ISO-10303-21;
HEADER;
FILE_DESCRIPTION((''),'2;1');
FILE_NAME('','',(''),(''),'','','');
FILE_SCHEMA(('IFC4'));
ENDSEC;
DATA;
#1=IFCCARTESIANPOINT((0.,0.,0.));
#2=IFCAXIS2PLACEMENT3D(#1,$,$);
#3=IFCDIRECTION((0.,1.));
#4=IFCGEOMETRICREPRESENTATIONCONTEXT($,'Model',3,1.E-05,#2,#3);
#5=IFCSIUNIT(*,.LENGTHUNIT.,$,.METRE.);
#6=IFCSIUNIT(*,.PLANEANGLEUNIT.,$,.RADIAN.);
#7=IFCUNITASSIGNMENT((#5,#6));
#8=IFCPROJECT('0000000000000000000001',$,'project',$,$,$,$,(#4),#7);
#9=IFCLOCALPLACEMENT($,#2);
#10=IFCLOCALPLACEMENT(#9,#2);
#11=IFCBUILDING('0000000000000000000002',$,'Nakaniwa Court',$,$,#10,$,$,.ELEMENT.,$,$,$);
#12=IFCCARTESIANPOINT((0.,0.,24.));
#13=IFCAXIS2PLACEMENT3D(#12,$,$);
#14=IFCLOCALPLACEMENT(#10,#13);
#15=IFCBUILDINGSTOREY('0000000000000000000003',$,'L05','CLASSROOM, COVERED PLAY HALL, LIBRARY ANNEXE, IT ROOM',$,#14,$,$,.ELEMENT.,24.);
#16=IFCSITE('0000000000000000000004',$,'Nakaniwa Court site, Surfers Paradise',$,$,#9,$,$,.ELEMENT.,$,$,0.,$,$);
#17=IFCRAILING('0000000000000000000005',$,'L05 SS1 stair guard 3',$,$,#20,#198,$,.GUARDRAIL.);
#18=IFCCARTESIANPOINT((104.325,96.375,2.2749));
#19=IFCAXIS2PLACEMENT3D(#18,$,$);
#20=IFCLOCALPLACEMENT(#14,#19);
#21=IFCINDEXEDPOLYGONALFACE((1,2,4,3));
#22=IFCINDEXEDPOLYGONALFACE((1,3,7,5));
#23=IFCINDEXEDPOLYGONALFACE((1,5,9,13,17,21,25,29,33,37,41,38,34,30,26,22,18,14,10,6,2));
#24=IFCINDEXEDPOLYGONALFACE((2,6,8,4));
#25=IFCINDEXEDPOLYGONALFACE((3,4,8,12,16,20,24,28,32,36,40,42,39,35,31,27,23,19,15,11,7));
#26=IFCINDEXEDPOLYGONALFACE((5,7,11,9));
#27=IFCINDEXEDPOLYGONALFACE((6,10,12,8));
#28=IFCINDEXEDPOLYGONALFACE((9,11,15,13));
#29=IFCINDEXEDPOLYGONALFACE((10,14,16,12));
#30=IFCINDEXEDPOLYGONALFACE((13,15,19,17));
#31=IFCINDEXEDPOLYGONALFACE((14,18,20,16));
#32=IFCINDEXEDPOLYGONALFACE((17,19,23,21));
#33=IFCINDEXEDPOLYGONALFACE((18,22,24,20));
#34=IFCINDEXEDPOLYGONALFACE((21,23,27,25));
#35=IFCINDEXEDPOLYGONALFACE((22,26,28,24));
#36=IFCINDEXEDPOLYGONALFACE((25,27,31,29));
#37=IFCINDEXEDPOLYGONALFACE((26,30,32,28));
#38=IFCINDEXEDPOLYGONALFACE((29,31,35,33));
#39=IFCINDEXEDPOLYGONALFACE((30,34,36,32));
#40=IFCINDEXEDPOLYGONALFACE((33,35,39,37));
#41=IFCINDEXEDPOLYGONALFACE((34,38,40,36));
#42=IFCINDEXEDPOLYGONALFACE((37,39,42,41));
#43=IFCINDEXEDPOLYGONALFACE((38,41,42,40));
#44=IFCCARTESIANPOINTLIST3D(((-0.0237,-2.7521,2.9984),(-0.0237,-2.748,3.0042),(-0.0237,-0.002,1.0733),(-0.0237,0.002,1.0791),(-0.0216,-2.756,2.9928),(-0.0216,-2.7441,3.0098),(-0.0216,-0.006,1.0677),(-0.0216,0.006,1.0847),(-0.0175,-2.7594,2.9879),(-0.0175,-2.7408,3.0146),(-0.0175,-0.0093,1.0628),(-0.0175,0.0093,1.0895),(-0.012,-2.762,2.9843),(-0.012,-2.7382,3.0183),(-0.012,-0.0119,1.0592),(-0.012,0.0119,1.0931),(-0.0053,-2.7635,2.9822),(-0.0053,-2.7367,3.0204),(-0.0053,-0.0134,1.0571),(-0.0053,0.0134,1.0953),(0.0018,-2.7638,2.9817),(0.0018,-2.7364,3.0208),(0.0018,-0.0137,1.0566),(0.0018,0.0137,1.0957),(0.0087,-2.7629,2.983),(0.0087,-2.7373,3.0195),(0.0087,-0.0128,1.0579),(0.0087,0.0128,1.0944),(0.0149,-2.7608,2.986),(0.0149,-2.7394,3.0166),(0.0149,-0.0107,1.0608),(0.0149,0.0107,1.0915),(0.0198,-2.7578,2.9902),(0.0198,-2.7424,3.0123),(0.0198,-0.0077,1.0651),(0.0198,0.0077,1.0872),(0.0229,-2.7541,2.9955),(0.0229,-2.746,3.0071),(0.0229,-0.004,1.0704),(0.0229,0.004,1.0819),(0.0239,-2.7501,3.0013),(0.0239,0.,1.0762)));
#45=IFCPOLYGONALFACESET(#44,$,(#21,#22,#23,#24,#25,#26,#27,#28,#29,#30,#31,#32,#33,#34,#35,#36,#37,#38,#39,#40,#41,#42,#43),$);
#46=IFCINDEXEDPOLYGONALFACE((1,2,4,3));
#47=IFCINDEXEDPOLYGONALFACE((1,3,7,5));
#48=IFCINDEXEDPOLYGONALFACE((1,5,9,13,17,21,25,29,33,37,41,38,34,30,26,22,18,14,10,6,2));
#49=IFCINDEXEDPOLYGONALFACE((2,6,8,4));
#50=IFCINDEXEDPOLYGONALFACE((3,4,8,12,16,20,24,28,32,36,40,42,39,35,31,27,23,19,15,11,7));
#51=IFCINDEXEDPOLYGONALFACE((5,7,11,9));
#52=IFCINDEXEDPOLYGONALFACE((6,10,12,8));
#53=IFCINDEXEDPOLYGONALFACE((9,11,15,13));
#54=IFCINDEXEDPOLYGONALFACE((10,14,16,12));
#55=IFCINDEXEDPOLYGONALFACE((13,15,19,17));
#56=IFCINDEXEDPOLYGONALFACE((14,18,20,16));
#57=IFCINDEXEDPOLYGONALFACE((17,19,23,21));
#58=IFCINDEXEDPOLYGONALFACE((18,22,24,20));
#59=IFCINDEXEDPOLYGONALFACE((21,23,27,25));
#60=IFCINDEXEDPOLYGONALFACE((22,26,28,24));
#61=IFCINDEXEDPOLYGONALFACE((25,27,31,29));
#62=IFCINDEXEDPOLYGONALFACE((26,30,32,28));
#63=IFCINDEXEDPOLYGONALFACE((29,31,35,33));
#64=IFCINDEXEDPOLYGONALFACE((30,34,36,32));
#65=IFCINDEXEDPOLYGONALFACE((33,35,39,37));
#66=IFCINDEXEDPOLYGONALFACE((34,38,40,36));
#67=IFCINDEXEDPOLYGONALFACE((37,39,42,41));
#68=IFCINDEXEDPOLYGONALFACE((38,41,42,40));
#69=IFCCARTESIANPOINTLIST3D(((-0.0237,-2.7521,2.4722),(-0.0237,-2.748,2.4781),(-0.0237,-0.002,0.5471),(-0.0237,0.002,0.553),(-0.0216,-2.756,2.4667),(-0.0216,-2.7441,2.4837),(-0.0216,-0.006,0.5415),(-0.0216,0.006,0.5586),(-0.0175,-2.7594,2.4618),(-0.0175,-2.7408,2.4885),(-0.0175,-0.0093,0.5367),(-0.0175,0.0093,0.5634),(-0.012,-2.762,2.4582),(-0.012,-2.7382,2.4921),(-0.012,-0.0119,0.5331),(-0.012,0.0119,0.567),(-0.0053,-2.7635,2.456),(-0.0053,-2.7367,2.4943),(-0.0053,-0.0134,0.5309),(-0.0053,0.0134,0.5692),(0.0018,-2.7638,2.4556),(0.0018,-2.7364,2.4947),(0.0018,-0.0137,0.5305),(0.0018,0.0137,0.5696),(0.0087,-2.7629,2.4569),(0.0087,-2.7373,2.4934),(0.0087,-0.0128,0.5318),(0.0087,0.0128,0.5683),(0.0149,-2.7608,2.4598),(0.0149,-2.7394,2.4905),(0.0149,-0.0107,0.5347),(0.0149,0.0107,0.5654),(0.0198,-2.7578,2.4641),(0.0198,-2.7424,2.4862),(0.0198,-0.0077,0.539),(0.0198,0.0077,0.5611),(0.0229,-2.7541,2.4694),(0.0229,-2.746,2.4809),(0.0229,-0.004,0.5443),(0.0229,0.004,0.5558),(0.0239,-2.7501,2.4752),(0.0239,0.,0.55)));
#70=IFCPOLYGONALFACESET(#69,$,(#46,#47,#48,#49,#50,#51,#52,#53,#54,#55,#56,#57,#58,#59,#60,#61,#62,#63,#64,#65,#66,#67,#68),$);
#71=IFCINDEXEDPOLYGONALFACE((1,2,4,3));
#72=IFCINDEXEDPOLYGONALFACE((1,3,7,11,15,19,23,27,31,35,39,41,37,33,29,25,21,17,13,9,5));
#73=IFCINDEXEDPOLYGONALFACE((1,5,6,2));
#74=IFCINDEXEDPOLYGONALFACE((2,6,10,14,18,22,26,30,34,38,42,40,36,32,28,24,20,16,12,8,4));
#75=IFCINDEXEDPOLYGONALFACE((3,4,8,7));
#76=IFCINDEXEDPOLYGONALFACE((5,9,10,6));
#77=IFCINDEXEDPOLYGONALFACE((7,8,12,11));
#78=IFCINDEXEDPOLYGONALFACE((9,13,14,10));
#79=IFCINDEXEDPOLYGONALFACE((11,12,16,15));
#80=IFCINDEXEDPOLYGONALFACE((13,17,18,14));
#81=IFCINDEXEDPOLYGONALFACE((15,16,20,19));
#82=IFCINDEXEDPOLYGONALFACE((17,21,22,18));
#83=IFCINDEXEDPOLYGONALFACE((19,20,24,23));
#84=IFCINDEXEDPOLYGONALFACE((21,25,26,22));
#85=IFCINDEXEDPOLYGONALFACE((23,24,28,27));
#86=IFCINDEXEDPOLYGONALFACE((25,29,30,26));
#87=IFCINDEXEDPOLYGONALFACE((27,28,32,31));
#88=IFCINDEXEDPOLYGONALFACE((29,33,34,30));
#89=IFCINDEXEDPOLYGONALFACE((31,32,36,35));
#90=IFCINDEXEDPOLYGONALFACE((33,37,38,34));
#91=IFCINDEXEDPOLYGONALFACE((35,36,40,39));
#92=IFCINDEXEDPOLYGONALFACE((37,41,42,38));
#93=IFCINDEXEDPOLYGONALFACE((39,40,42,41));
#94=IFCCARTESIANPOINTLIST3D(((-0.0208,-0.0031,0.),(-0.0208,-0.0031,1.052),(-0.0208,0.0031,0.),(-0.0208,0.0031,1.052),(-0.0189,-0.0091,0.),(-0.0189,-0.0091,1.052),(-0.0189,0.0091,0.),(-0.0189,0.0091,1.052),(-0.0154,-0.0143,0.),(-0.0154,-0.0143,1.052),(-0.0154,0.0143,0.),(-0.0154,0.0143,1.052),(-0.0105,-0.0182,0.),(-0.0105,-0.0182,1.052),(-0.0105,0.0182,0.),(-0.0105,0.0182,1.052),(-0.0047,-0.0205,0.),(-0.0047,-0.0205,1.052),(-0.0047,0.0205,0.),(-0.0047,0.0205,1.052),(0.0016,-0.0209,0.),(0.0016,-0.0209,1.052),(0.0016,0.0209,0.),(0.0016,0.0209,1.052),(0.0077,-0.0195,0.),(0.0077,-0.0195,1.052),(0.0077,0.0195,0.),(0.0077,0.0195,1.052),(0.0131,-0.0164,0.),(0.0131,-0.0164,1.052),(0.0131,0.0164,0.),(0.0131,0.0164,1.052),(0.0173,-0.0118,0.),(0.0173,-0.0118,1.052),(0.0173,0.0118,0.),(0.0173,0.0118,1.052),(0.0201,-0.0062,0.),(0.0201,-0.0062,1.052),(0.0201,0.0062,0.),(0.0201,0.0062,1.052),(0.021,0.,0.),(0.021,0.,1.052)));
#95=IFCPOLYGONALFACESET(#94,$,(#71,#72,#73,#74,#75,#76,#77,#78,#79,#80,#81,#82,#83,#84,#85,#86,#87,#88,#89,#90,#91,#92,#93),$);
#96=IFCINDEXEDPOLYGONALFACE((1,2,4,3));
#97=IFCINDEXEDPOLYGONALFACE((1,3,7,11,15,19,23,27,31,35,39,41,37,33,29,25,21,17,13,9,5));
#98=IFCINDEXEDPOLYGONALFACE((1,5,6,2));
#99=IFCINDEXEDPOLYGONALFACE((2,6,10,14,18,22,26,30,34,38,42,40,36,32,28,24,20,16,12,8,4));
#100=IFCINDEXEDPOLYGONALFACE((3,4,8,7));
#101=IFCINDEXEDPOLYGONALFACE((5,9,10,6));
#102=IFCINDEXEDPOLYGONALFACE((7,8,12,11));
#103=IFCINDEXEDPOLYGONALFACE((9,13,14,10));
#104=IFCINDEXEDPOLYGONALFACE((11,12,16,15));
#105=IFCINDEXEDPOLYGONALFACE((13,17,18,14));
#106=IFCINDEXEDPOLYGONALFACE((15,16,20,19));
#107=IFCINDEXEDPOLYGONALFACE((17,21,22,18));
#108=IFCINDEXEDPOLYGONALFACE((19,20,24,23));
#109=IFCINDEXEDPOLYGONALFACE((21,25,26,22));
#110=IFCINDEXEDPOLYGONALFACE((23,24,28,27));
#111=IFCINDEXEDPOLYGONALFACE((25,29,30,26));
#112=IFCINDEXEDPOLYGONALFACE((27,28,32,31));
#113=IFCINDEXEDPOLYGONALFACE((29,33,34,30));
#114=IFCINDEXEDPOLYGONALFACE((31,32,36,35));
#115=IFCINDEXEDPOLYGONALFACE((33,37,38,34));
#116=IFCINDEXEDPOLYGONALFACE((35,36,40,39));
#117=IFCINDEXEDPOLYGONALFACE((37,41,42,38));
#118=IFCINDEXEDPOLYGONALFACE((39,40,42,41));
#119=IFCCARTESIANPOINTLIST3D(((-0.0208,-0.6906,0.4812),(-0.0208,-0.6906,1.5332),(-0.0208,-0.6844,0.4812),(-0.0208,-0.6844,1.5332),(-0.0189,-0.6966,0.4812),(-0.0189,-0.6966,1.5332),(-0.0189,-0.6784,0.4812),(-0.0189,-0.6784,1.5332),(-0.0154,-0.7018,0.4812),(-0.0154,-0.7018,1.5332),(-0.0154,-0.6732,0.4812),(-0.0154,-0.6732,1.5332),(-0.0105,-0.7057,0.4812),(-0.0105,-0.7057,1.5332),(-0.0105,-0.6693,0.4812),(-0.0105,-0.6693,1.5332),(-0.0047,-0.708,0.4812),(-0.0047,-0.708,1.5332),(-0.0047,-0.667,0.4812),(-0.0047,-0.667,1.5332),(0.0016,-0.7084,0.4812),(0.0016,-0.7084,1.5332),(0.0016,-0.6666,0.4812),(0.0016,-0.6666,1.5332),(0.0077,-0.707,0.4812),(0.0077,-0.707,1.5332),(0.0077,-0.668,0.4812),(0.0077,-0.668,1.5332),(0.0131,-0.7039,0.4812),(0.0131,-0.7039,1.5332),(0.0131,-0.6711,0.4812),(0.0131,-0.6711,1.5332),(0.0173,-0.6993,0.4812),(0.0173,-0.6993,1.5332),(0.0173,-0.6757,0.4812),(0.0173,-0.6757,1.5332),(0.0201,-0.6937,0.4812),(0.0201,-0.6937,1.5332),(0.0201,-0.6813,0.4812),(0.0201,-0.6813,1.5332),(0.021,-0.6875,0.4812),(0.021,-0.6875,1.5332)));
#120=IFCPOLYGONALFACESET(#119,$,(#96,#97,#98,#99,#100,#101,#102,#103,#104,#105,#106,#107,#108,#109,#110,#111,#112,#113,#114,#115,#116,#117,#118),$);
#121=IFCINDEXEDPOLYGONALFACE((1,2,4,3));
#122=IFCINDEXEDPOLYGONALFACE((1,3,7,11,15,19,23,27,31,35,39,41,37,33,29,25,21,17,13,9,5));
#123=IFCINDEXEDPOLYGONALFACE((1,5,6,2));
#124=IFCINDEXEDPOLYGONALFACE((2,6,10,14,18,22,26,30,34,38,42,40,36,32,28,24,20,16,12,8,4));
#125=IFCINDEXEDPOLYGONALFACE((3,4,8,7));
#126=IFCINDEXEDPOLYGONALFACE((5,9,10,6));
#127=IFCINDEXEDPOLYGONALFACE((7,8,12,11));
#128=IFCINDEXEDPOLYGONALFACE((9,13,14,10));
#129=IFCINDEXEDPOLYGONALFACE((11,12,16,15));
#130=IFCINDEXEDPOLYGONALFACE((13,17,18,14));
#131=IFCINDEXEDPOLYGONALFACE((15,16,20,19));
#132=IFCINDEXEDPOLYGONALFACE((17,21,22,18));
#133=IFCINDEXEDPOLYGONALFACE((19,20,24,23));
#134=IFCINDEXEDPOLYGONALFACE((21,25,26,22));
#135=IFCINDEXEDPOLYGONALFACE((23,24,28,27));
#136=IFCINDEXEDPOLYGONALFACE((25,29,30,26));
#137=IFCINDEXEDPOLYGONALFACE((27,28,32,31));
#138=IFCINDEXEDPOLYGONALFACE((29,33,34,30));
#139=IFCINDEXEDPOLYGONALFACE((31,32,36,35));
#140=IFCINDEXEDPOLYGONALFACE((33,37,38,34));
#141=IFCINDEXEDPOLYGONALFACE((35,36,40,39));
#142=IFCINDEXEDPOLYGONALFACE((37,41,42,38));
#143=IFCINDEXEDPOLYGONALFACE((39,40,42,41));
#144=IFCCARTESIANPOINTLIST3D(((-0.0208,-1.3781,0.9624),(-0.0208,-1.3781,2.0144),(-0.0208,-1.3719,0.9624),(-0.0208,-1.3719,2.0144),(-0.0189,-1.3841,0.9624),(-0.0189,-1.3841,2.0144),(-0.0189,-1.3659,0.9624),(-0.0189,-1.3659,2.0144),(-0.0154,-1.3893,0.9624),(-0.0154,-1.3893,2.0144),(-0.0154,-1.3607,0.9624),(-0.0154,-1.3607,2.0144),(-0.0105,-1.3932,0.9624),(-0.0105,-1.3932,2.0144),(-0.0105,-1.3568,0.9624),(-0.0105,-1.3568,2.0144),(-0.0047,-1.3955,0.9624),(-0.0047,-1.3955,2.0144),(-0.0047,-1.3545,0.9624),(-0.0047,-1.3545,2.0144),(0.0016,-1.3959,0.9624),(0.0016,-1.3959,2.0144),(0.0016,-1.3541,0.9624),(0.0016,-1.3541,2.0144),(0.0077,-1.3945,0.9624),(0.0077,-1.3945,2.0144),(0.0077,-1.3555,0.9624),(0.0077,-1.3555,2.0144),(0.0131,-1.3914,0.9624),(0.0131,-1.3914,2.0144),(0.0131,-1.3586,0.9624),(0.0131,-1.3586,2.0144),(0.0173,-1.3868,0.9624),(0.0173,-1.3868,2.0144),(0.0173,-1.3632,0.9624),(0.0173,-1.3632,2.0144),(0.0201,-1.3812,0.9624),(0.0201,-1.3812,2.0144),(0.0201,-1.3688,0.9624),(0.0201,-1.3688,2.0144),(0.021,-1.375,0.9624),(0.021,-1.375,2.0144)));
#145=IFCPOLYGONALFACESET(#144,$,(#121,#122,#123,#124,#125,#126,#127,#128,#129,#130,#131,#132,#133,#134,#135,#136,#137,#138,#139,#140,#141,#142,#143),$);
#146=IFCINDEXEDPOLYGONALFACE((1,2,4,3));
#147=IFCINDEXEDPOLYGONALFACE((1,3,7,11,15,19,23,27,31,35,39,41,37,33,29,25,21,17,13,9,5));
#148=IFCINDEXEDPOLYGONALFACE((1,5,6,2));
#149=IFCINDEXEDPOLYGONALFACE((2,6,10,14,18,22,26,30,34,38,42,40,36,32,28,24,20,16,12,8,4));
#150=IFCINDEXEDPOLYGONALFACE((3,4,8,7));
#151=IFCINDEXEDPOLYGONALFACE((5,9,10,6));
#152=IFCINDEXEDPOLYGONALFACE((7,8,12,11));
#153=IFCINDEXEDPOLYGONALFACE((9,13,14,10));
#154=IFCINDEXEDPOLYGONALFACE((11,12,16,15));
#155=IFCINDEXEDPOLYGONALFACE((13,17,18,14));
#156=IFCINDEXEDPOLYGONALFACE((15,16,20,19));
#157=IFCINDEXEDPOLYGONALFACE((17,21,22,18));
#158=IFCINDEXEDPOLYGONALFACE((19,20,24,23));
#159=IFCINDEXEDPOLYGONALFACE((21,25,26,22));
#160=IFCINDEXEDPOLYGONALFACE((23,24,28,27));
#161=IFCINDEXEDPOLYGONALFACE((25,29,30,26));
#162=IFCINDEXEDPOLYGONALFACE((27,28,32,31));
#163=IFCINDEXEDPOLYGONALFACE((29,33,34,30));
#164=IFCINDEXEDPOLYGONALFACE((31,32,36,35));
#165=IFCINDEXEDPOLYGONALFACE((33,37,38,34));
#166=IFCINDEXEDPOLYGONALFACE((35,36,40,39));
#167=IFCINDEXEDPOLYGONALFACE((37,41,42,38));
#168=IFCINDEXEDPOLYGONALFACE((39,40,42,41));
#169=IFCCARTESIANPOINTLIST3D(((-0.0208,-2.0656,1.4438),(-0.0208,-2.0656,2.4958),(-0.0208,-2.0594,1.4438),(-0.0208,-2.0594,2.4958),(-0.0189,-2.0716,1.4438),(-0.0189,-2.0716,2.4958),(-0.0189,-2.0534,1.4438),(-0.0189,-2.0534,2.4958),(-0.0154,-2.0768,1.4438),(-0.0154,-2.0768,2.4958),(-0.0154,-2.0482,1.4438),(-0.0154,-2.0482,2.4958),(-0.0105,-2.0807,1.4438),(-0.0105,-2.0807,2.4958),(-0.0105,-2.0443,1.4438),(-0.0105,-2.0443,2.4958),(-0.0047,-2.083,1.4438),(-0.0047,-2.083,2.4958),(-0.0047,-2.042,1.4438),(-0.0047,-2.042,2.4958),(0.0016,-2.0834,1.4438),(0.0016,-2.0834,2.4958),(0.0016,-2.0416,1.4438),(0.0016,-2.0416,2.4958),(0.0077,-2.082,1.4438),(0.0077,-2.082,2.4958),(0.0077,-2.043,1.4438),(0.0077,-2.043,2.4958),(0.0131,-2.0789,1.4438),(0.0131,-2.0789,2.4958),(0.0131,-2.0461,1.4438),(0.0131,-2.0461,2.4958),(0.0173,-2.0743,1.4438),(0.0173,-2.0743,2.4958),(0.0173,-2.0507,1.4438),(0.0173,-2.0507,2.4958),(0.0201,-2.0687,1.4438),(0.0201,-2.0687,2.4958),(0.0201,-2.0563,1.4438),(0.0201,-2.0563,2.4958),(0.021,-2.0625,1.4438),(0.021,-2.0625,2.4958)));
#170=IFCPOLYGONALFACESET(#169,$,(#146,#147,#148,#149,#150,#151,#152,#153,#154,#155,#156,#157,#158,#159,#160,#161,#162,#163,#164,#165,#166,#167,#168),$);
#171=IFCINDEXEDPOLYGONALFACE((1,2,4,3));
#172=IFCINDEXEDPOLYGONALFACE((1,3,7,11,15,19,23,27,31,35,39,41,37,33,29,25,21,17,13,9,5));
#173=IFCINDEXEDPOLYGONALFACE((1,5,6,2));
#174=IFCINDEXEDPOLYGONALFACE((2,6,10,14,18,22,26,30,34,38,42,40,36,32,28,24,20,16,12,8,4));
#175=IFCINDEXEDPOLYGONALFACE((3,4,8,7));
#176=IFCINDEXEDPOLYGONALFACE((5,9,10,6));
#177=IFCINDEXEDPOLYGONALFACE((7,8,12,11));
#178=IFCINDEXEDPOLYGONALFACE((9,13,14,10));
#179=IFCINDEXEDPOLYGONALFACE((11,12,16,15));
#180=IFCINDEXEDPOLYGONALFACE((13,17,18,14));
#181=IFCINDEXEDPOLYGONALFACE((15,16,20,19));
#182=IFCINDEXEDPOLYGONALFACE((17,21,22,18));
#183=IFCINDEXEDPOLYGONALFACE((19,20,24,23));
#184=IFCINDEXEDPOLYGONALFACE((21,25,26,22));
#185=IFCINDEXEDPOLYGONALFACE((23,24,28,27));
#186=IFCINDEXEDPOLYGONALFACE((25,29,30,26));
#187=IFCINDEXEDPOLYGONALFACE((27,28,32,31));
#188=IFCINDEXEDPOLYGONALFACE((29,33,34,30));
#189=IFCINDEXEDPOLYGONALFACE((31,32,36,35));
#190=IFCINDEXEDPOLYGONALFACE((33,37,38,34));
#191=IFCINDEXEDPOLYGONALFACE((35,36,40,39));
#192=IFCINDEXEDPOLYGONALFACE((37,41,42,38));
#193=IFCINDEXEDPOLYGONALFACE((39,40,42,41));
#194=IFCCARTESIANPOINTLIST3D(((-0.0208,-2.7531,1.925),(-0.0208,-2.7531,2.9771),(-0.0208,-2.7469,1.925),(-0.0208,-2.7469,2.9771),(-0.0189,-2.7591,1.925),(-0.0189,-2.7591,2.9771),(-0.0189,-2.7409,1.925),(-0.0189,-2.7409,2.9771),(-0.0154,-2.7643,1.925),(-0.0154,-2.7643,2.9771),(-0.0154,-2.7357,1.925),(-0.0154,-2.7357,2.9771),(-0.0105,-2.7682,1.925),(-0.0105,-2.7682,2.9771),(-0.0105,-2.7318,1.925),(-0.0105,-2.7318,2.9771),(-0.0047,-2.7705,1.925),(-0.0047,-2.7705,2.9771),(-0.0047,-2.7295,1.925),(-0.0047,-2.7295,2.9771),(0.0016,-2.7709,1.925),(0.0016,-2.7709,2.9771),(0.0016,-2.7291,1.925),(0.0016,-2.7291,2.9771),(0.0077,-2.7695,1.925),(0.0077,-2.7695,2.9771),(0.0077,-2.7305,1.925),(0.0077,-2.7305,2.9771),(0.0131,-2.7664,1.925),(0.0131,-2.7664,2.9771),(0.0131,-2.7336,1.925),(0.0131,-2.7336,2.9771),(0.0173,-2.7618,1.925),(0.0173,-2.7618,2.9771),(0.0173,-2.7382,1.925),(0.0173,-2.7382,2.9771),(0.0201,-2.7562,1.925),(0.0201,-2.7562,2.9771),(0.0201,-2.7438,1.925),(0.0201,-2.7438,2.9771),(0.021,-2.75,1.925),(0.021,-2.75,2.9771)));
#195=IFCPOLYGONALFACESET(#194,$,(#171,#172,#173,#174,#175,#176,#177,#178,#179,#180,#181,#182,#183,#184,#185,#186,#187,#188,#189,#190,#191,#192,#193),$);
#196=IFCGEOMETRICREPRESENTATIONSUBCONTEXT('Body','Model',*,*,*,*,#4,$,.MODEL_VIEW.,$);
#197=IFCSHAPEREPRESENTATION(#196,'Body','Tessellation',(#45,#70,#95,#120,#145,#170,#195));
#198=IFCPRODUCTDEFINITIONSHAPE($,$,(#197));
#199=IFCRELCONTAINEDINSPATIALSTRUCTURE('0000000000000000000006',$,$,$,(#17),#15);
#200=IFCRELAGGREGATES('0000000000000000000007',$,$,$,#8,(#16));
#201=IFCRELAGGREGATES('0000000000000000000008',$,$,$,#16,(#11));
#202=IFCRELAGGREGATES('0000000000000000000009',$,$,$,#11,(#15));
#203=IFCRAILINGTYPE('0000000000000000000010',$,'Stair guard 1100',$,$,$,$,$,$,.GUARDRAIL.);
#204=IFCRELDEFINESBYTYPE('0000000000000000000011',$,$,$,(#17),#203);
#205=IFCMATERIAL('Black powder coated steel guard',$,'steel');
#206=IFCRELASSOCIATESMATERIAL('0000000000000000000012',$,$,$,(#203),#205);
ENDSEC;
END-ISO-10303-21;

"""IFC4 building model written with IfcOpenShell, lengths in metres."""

from ifc_helpers import new_model, si_unit, direction, frame, origin, origin_2d, place, context, subcontext, project, spatial, circle, extrude, material, type_object, element, save


model = new_model("IFC4")

# Units and contexts
model_context = context("Model", 3, precision=1e-05, world=origin(), true_north=direction((0.0, 1.0)))
body_context = subcontext(model_context, "Body", "Model", "MODEL_VIEW")
ifc_project = project(units=[si_unit("LENGTHUNIT", "METRE"), si_unit("PLANEANGLEUNIT", "RADIAN")], contexts=[model_context])

# Site, building, storey
site_placement = place(None, origin())
site = spatial("IfcSite", under=ifc_project, at=site_placement, Name="Nakaniwa Court site, Surfers Paradise", CompositionType="ELEMENT", RefElevation=0.0)
building_placement = place(site_placement, origin())
building = spatial("IfcBuilding", under=site, at=building_placement, Name="Nakaniwa Court", CompositionType="ELEMENT")
storey_placement = place(building_placement, frame((0.0, 0.0, 24.0)))
storey = spatial("IfcBuildingStorey", under=building, at=storey_placement, Name="L05", Description="CLASSROOM, COVERED PLAY HALL, LIBRARY ANNEXE, IT ROOM", CompositionType="ELEMENT", Elevation=24.0)

# Railing
ifc_material_1 = material(Name="Black powder coated steel guard", Category="steel")
railing_type_1 = type_object("IfcRailingType", Name="Stair guard 1100", PredefinedType="GUARDRAIL", material=ifc_material_1)
railing_1_placement = place(storey_placement, frame((104.325, 96.375, 2.2749)))
element("IfcRailing", 1, at=railing_1_placement, inside=storey, type_object=railing_type_1, Name="L05 SS1 stair guard 3", PredefinedType="GUARDRAIL", context=body_context, shape_type="SweptSolid", body=[
    extrude(circle(Radius=0.0239, at=origin_2d()), frame((0.0, 0.0, 1.0762), z_axis=(0.0, -0.819225, 0.573472), x_axis=(1.0, 0.0, 0.0)), (0.0, 0.0, 1.0), 3.3569),
    extrude(circle(Radius=0.0239, at=origin_2d()), frame((0.0, 0.0, 0.55), z_axis=(0.0, -0.819225, 0.573472), x_axis=(1.0, 0.0, 0.0)), (0.0, 0.0, 1.0), 3.3569),
    extrude(circle(Radius=0.021, at=origin_2d()), origin(), (0.0, 0.0, 1.0), 1.052),
    extrude(circle(Radius=0.021, at=origin_2d()), frame((0.0, -0.6875, 0.4812)), (0.0, 0.0, 1.0), 1.052),
    extrude(circle(Radius=0.021, at=origin_2d()), frame((0.0, -1.375, 0.9624)), (0.0, 0.0, 1.0), 1.052),
    extrude(circle(Radius=0.021, at=origin_2d()), frame((0.0, -2.0625, 1.4438)), (0.0, 0.0, 1.0), 1.052),
    extrude(circle(Radius=0.021, at=origin_2d()), frame((0.0, -2.75, 1.925)), (0.0, 0.0, 1.0), 1.052),
])

save(model, "model.ifc")
